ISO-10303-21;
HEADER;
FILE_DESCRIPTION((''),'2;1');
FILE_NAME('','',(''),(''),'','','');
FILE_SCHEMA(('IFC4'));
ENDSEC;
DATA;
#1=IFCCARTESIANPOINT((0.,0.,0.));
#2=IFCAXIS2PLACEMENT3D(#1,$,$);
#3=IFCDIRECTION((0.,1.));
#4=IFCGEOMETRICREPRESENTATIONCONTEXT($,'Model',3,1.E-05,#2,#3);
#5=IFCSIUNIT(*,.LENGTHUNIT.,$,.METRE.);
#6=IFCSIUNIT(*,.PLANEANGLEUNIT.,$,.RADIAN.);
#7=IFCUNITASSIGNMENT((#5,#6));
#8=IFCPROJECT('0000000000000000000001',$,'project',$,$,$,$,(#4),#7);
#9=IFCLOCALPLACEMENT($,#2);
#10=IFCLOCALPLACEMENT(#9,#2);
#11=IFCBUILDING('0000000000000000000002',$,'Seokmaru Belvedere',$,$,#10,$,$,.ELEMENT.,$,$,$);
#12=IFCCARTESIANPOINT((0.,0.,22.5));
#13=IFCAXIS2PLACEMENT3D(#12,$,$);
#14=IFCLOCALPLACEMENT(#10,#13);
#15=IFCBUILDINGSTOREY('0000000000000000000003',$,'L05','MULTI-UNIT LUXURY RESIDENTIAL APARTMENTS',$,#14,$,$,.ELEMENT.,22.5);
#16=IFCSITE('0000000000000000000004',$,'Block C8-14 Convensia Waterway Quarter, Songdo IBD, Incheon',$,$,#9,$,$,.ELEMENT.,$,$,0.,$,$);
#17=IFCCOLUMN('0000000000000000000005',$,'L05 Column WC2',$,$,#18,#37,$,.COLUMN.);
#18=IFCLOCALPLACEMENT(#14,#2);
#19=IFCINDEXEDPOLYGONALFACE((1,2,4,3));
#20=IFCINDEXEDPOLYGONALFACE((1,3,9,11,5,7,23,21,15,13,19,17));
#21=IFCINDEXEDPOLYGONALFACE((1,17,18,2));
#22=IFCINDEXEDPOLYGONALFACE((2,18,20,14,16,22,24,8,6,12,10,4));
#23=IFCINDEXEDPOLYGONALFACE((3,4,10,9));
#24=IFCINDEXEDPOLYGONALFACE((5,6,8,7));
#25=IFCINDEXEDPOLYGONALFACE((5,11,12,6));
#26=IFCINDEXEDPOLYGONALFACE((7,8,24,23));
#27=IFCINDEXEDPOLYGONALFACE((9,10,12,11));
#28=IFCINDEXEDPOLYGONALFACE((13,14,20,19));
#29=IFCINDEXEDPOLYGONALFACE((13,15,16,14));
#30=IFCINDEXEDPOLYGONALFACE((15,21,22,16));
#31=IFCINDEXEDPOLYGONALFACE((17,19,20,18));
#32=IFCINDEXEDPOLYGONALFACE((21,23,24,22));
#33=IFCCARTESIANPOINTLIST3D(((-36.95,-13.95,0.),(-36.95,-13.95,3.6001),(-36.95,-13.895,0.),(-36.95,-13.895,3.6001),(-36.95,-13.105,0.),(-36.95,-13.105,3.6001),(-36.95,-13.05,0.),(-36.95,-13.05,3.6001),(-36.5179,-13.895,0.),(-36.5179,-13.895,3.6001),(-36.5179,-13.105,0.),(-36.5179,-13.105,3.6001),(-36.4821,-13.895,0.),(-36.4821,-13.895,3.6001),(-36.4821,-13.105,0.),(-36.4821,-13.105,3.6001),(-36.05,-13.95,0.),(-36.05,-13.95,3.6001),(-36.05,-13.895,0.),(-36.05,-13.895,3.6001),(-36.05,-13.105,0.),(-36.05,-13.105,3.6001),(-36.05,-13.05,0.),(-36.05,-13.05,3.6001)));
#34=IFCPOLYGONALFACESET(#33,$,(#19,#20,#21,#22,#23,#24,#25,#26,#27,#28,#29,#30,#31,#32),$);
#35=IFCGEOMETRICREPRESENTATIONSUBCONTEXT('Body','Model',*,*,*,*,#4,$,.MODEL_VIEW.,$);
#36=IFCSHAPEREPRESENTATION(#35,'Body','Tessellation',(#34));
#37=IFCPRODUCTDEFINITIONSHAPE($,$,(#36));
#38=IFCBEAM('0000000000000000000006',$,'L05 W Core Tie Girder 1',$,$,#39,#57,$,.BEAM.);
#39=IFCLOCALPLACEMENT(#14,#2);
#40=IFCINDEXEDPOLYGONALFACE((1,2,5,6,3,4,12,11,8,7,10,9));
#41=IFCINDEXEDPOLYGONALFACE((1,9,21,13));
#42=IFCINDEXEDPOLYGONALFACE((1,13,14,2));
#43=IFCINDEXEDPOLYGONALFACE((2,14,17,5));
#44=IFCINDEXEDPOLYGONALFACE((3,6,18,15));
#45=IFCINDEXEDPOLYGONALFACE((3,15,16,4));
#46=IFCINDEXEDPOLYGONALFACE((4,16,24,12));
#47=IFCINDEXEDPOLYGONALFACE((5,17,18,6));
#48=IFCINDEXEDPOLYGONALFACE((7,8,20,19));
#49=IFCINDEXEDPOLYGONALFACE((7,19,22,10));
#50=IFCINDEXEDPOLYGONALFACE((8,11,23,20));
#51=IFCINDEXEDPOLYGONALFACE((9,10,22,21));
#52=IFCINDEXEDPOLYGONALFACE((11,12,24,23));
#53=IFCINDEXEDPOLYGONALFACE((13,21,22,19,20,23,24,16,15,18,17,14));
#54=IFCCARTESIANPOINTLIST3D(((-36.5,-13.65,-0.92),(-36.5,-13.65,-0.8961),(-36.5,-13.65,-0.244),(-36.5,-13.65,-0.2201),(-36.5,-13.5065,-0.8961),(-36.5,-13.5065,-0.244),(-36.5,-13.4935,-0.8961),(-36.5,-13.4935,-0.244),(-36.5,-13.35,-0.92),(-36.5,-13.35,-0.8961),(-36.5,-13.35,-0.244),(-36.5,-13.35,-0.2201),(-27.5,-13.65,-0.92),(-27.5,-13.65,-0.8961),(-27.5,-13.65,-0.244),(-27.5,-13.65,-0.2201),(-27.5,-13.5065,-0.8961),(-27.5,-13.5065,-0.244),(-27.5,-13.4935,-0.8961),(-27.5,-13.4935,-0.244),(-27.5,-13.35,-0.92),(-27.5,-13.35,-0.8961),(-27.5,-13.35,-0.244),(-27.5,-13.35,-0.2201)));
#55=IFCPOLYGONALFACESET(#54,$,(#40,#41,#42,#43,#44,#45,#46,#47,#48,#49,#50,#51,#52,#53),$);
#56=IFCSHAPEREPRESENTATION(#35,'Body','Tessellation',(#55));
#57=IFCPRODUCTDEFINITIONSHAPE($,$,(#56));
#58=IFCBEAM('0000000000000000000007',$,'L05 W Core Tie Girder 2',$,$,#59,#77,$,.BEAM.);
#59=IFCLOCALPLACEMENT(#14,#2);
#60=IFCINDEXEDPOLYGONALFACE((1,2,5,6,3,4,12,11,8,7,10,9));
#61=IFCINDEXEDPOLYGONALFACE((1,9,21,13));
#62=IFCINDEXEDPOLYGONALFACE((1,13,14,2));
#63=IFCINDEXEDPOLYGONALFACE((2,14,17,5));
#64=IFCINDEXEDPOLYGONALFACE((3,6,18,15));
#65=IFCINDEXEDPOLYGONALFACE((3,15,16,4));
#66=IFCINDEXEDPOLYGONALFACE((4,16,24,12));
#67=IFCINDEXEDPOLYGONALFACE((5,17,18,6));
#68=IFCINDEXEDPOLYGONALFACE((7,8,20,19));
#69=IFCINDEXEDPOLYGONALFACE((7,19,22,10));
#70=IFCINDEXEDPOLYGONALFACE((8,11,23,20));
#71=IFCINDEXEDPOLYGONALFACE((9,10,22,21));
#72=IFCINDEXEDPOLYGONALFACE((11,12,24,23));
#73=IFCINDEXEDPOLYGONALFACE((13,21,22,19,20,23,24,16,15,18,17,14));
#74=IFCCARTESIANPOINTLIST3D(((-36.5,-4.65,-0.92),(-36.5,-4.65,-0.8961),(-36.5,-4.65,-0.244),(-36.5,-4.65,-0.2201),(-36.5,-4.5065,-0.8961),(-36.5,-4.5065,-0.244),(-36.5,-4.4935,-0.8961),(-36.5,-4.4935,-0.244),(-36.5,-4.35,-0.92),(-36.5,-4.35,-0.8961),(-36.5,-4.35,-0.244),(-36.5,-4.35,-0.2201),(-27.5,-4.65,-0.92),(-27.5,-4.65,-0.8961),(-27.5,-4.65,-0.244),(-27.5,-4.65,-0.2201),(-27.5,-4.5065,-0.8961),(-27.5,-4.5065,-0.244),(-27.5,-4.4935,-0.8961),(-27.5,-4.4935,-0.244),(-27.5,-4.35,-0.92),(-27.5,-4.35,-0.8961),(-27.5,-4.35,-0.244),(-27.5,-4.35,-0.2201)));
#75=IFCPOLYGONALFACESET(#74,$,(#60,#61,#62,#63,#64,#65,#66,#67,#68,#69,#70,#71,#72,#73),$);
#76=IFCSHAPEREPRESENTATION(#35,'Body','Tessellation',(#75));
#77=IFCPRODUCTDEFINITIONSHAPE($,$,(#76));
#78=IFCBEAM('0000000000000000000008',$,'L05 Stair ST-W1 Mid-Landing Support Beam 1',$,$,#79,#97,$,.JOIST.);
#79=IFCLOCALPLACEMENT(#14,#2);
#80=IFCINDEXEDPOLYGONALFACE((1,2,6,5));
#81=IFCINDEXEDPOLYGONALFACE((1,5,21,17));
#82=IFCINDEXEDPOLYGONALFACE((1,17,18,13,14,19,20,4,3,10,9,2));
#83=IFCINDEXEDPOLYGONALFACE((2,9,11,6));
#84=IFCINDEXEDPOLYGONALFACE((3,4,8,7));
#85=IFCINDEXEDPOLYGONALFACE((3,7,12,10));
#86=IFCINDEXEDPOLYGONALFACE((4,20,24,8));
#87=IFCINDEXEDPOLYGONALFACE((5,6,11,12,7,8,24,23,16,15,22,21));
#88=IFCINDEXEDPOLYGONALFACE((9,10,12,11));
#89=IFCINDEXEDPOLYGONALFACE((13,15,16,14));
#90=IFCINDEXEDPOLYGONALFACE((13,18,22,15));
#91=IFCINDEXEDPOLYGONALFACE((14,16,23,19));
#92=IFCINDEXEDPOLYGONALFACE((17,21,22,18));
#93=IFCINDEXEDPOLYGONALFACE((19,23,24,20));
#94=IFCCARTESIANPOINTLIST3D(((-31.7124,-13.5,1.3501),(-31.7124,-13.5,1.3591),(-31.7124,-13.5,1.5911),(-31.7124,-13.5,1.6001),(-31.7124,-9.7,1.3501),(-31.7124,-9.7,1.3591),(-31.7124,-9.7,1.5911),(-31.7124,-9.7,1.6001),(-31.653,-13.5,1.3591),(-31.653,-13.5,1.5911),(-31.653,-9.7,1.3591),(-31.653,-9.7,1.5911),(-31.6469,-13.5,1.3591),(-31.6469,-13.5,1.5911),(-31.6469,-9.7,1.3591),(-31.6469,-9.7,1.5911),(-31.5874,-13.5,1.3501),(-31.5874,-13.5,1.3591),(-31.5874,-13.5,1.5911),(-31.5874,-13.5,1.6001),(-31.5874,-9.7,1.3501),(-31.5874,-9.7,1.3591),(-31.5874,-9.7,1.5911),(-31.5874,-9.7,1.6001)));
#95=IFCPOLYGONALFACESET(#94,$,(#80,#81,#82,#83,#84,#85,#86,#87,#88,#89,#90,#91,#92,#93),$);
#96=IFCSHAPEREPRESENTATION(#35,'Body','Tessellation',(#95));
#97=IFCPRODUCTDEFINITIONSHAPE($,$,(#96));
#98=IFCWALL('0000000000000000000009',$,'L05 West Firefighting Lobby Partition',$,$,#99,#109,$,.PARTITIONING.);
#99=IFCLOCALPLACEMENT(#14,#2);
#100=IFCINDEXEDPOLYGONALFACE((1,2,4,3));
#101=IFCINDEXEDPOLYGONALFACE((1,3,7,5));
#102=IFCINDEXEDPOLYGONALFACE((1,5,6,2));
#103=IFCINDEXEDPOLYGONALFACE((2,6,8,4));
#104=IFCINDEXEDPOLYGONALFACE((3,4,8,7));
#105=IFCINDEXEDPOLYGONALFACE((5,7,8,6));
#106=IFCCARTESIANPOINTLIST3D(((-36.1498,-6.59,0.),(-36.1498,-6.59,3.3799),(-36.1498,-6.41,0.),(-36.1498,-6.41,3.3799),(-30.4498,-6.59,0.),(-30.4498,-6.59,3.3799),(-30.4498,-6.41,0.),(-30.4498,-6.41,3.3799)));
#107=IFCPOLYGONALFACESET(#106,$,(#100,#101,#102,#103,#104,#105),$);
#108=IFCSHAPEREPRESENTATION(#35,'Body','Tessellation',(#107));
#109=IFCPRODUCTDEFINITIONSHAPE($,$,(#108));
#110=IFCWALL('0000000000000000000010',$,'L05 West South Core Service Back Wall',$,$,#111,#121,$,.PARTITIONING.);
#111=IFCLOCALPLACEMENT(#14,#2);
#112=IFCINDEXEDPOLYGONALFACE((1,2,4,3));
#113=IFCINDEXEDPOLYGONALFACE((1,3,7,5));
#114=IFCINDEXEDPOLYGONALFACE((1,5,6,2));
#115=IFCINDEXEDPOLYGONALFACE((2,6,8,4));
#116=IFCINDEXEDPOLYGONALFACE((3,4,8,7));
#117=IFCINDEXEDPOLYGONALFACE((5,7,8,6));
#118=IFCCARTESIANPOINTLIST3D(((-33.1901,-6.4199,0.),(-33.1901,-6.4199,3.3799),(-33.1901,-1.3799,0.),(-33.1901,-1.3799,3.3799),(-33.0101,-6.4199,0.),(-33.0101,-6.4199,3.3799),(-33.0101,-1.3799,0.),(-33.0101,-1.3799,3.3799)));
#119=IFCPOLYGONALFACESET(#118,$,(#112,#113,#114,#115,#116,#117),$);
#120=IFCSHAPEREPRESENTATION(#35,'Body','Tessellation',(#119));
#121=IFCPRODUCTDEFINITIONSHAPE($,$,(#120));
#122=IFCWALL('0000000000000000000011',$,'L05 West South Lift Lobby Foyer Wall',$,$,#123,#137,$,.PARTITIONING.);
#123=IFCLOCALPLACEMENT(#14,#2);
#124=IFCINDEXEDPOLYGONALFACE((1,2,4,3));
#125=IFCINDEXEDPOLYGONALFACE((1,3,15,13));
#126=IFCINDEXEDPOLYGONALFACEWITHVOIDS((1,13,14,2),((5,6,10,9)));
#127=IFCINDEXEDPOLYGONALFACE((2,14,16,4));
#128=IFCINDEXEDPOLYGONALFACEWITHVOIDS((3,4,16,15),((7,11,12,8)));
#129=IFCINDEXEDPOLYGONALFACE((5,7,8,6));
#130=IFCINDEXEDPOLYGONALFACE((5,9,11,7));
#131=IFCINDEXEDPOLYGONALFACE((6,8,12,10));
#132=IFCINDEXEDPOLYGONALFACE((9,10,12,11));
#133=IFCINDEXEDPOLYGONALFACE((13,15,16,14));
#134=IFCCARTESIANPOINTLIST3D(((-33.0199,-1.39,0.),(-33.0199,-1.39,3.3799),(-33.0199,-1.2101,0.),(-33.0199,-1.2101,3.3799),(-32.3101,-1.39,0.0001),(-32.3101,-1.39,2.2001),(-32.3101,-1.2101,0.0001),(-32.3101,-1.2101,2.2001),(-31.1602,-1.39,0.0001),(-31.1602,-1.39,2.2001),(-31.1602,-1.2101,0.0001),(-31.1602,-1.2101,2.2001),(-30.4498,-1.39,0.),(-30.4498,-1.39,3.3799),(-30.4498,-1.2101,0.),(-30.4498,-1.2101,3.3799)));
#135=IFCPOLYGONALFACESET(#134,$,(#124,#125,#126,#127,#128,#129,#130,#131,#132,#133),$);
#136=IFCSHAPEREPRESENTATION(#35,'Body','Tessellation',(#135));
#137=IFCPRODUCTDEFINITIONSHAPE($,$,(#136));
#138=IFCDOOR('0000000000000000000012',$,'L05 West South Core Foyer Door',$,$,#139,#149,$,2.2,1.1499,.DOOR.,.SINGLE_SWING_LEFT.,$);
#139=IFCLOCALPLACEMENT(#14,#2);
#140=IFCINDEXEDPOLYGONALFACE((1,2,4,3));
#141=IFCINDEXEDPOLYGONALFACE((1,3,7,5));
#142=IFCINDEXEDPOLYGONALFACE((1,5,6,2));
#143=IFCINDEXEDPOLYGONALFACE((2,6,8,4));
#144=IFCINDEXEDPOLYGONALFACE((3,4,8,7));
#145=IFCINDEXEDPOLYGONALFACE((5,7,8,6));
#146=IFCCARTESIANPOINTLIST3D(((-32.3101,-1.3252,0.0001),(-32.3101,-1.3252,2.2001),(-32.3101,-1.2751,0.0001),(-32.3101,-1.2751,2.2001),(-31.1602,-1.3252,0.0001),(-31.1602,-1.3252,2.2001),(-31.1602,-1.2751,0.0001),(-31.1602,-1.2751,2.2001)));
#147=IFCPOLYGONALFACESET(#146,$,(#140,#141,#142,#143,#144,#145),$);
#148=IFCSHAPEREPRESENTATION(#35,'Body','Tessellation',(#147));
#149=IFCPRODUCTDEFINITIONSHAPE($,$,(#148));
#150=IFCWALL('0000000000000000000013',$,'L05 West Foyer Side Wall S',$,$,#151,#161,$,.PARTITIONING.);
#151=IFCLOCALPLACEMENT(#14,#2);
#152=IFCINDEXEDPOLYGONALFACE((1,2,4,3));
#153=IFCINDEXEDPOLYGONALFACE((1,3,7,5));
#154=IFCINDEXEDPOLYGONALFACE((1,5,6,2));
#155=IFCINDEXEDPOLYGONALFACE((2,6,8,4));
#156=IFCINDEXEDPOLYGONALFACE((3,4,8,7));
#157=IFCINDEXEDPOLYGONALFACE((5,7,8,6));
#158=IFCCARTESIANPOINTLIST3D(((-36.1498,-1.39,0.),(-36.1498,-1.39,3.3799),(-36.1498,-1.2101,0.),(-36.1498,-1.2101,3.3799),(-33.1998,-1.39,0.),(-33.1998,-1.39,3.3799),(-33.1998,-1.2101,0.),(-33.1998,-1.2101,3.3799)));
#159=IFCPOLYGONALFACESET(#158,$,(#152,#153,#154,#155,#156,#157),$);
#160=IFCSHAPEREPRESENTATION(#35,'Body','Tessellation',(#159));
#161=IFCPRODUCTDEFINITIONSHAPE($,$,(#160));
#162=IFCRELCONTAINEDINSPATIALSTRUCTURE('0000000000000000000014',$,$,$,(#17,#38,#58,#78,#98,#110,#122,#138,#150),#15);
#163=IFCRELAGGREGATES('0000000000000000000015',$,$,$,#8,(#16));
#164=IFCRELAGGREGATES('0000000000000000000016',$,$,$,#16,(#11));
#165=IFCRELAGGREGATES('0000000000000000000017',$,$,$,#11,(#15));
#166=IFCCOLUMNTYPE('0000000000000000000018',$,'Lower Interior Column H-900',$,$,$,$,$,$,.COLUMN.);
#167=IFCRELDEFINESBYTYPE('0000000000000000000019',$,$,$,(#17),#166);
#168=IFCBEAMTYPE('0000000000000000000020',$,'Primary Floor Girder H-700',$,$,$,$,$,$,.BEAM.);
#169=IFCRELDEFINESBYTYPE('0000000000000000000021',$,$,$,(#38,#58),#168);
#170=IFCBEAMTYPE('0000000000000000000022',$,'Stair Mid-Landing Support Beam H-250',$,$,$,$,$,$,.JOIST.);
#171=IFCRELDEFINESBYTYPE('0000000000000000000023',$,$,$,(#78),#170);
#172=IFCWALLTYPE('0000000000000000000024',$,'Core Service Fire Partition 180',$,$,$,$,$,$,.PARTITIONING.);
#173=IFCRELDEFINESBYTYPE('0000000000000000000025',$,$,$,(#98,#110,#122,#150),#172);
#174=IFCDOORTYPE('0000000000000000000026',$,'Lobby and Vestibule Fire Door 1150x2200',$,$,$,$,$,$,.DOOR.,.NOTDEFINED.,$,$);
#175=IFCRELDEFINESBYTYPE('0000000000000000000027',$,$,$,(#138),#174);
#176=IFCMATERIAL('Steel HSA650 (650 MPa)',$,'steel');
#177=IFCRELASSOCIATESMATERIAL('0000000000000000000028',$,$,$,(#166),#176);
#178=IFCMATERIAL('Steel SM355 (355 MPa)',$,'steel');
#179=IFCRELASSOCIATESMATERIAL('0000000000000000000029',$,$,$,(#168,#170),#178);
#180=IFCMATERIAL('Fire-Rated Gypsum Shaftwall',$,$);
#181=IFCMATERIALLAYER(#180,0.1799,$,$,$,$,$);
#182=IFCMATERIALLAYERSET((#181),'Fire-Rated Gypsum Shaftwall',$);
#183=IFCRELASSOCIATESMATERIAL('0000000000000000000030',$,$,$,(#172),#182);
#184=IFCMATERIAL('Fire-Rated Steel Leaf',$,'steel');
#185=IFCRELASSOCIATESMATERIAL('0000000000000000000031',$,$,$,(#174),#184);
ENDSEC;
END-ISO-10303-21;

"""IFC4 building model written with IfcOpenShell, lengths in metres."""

from ifc_helpers import new_model, si_unit, direction, frame, frame_2d, origin, origin_2d, place, context, subcontext, project, spatial, rectangle, i_section, extrude, source, transform, mapped, material, layer, layer_set, material_profile, profile_set, type_object, type_shapes, element, fill, save


model = new_model("IFC4")

# Units and contexts
model_context = context("Model", 3, precision=1e-05, world=origin(), true_north=direction((0.0, 1.0)))
body_context = subcontext(model_context, "Body", "Model", "MODEL_VIEW")
ifc_project = project(units=[si_unit("LENGTHUNIT", "METRE"), si_unit("PLANEANGLEUNIT", "RADIAN")], contexts=[model_context])

# Site, building, storey
site_placement = place(None, origin())
site = spatial("IfcSite", under=ifc_project, at=site_placement, Name="Block C8-14 Convensia Waterway Quarter, Songdo IBD, Incheon", CompositionType="ELEMENT", RefElevation=0.0)
building_placement = place(site_placement, origin())
building = spatial("IfcBuilding", under=site, at=building_placement, Name="Seokmaru Belvedere", CompositionType="ELEMENT")
storey_placement = place(building_placement, frame((0.0, 0.0, 22.5)))
storey = spatial("IfcBuildingStorey", under=building, at=storey_placement, Name="L05", Description="MULTI-UNIT LUXURY RESIDENTIAL APARTMENTS", CompositionType="ELEMENT", Elevation=22.5)

# Column
ifc_material_1 = material(Name="Steel HSA650 (650 MPa)", Category="steel")
ifc_material_profile_1 = material_profile(ifc_material_1, i_section(OverallWidth=0.8999, OverallDepth=0.8999, WebThickness=0.0359, FlangeThickness=0.0549, at=origin_2d()), Name="H-900x900x36x55")
ifc_profile_set_1 = profile_set([ifc_material_profile_1], Name="Steel HSA650 (650 MPa)")
column_type = type_object("IfcColumnType", Name="Lower Interior Column H-900", PredefinedType="COLUMN", material=ifc_profile_set_1)
shared_shape_1 = source(origin(), body_context, "Body", "SweptSolid", [
    extrude(i_section(OverallWidth=0.8999, OverallDepth=0.8999, WebThickness=0.0359, FlangeThickness=0.0549, at=origin_2d()), origin(), (0.0, 0.0, 1.0), 3.6001),
])
type_shapes(column_type, [shared_shape_1])
column_placement = place(storey_placement, frame((-36.5, -13.5, 0.0), z_axis=(0.0, 0.0, 1.0), x_axis=(1.0, 0.0, 0.0)))
element("IfcColumn", 1, at=column_placement, inside=storey, type_object=column_type, Name="L05 Column WC2", PredefinedType="COLUMN", context=body_context, shape_type="MappedRepresentation", body=[
    mapped(shared_shape_1, transform((0.0, 0.0, 0.0), scale=1.0)),
])

# Beams
ifc_material_2 = material(Name="Steel SM355 (355 MPa)", Category="steel")
ifc_material_profile_2 = material_profile(ifc_material_2, i_section(OverallWidth=0.3, OverallDepth=0.7, WebThickness=0.0129, FlangeThickness=0.0239, at=origin_2d()), Name="H-700x300x13x24")
ifc_profile_set_2 = profile_set([ifc_material_profile_2], Name="Steel SM355 (355 MPa)")
beam_type_1 = type_object("IfcBeamType", Name="Primary Floor Girder H-700", PredefinedType="BEAM", material=ifc_profile_set_2)
shared_shape_2 = source(origin(), body_context, "Body", "SweptSolid", [
    extrude(i_section(OverallWidth=0.3, OverallDepth=0.7, WebThickness=0.0129, FlangeThickness=0.0239, at=origin_2d()), origin(), (0.0, 0.0, 1.0), 9.0),
])
type_shapes(beam_type_1, [shared_shape_2])
for number, where, z_axis, x_axis, name in (
    (2, (-36.5, -13.5, -0.5701), (1.0, 0.0, 0.0), (0.0, 1.0, 0.0), "L05 W Core Tie Girder 1"),
    (3, (-36.5, -4.5, -0.5701), (1.0, 0.0, 0.0), (0.0, 1.0, 0.0), "L05 W Core Tie Girder 2"),
):
    element("IfcBeam", number, at=place(storey_placement, frame(where, z_axis=z_axis, x_axis=x_axis)), inside=storey, type_object=beam_type_1, Name=name, PredefinedType="BEAM", context=body_context, shape_type="MappedRepresentation", body=[
        mapped(shared_shape_2, transform((0.0, 0.0, 0.0), scale=1.0)),
    ])
ifc_material_profile_3 = material_profile(ifc_material_2, i_section(OverallWidth=0.125, OverallDepth=0.25, WebThickness=0.0061, FlangeThickness=0.009, at=origin_2d()), Name="H-250x125x6x9")
ifc_profile_set_3 = profile_set([ifc_material_profile_3], Name="Steel SM355 (355 MPa)")
beam_type_2 = type_object("IfcBeamType", Name="Stair Mid-Landing Support Beam H-250", PredefinedType="JOIST", material=ifc_profile_set_3)
shared_shape_3 = source(origin(), body_context, "Body", "SweptSolid", [
    extrude(i_section(OverallWidth=0.125, OverallDepth=0.25, WebThickness=0.0061, FlangeThickness=0.009, at=origin_2d()), origin(), (0.0, 0.0, 1.0), 3.8),
])
type_shapes(beam_type_2, [shared_shape_3])
beam_placement = place(storey_placement, frame((-31.6499, -13.5, 1.4751), z_axis=(0.0, 1.0, 0.0), x_axis=(-1.0, 0.0, 0.0)))
element("IfcBeam", 4, at=beam_placement, inside=storey, type_object=beam_type_2, Name="L05 Stair ST-W1 Mid-Landing Support Beam 1", PredefinedType="JOIST", context=body_context, shape_type="MappedRepresentation", body=[
    mapped(shared_shape_3, transform((0.0, 0.0, 0.0), scale=1.0)),
])

# Walls
ifc_material_3 = material(Name="Fire-Rated Gypsum Shaftwall")
ifc_layer_1 = layer(ifc_material_3, 0.1799)
ifc_layer_set_1 = layer_set([ifc_layer_1], Name="Fire-Rated Gypsum Shaftwall")
wall_type_1 = type_object("IfcWallType", Name="Core Service Fire Partition 180", PredefinedType="PARTITIONING", material=ifc_layer_set_1)
wall_1_placement = place(storey_placement, frame((-36.1499, -6.5, 0.0), z_axis=(0.0, 0.0, 1.0), x_axis=(1.0, 0.0, 0.0)))
element("IfcWall", 5, at=wall_1_placement, inside=storey, type_object=wall_type_1, Name="L05 West Firefighting Lobby Partition", PredefinedType="PARTITIONING", context=body_context, shape_type="SweptSolid", body=[
    extrude(rectangle(XDim=5.7, YDim=0.1799, at=frame_2d((2.8501, 0.0))), origin(), (0.0, 0.0, 1.0), 3.3799),
])
wall_2_placement = place(storey_placement, frame((-33.1001, -6.4199, 0.0), z_axis=(0.0, 0.0, 1.0), x_axis=(0.0, 1.0, 0.0)))
element("IfcWall", 6, at=wall_2_placement, inside=storey, type_object=wall_type_1, Name="L05 West South Core Service Back Wall", PredefinedType="PARTITIONING", context=body_context, shape_type="SweptSolid", body=[
    extrude(rectangle(XDim=5.04, YDim=0.1799, at=frame_2d((2.52, 0.0))), origin(), (0.0, 0.0, 1.0), 3.3799),
])

# Wall, opening, door
wall_3_placement = place(storey_placement, frame((-33.02, -1.3, 0.0), z_axis=(0.0, 0.0, 1.0), x_axis=(1.0, 0.0, 0.0)))
wall_3 = element("IfcWall", 7, at=wall_3_placement, inside=storey, type_object=wall_type_1, Name="L05 West South Lift Lobby Foyer Wall", PredefinedType="PARTITIONING", context=body_context, shape_type="SweptSolid", body=[
    extrude(rectangle(XDim=2.5701, YDim=0.1799, at=frame_2d((1.2852, 0.0))), origin(), (0.0, 0.0, 1.0), 3.3799),
])
opening_1_placement = place(wall_3_placement, frame((0.71, 0.0, 0.0)))
opening_1 = element("IfcOpeningElement", 8, at=opening_1_placement, cuts=wall_3, PredefinedType="OPENING", context=body_context, shape_type="SweptSolid", body=[
    extrude(rectangle(XDim=1.1499, YDim=2.2, at=frame_2d((0.575, 1.1001))), frame((0.0, 0.1001, 0.0), z_axis=(0.0, -1.0, 0.0), x_axis=(1.0, 0.0, 0.0)), (0.0, 0.0, 1.0), 0.2),
])
ifc_material_4 = material(Name="Fire-Rated Steel Leaf", Category="steel")
door_type_1 = type_object("IfcDoorType", Name="Lobby and Vestibule Fire Door 1150x2200", OperationType="NOTDEFINED", PredefinedType="DOOR", material=ifc_material_4)
shared_shape_4 = source(origin(), body_context, "Body", "SweptSolid", [
    extrude(rectangle(XDim=1.1499, YDim=2.2, at=frame_2d((0.575, 1.1001))), frame((0.0, 0.0249, 0.0), z_axis=(0.0, -1.0, 0.0), x_axis=(1.0, 0.0, 0.0)), (0.0, 0.0, 1.0), 0.05),
])
type_shapes(door_type_1, [shared_shape_4])
door_1_placement = place(opening_1_placement, origin())
door_1 = element("IfcDoor", 9, at=door_1_placement, inside=storey, type_object=door_type_1, Name="L05 West South Core Foyer Door", OperationType="SINGLE_SWING_LEFT", OverallHeight=2.2, OverallWidth=1.1499, PredefinedType="DOOR", context=body_context, shape_type="MappedRepresentation", body=[
    mapped(shared_shape_4, transform((0.0, 0.0, 0.0), scale=1.0)),
])
fill(opening_1, door_1)

# Wall
wall_4_placement = place(storey_placement, frame((-36.1499, -1.3, 0.0), z_axis=(0.0, 0.0, 1.0), x_axis=(1.0, 0.0, 0.0)))
element("IfcWall", 10, at=wall_4_placement, inside=storey, type_object=wall_type_1, Name="L05 West Foyer Side Wall S", PredefinedType="PARTITIONING", context=body_context, shape_type="SweptSolid", body=[
    extrude(rectangle(XDim=2.95, YDim=0.1799, at=frame_2d((1.4751, 0.0))), origin(), (0.0, 0.0, 1.0), 3.3799),
])

save(model, "model.ifc")
